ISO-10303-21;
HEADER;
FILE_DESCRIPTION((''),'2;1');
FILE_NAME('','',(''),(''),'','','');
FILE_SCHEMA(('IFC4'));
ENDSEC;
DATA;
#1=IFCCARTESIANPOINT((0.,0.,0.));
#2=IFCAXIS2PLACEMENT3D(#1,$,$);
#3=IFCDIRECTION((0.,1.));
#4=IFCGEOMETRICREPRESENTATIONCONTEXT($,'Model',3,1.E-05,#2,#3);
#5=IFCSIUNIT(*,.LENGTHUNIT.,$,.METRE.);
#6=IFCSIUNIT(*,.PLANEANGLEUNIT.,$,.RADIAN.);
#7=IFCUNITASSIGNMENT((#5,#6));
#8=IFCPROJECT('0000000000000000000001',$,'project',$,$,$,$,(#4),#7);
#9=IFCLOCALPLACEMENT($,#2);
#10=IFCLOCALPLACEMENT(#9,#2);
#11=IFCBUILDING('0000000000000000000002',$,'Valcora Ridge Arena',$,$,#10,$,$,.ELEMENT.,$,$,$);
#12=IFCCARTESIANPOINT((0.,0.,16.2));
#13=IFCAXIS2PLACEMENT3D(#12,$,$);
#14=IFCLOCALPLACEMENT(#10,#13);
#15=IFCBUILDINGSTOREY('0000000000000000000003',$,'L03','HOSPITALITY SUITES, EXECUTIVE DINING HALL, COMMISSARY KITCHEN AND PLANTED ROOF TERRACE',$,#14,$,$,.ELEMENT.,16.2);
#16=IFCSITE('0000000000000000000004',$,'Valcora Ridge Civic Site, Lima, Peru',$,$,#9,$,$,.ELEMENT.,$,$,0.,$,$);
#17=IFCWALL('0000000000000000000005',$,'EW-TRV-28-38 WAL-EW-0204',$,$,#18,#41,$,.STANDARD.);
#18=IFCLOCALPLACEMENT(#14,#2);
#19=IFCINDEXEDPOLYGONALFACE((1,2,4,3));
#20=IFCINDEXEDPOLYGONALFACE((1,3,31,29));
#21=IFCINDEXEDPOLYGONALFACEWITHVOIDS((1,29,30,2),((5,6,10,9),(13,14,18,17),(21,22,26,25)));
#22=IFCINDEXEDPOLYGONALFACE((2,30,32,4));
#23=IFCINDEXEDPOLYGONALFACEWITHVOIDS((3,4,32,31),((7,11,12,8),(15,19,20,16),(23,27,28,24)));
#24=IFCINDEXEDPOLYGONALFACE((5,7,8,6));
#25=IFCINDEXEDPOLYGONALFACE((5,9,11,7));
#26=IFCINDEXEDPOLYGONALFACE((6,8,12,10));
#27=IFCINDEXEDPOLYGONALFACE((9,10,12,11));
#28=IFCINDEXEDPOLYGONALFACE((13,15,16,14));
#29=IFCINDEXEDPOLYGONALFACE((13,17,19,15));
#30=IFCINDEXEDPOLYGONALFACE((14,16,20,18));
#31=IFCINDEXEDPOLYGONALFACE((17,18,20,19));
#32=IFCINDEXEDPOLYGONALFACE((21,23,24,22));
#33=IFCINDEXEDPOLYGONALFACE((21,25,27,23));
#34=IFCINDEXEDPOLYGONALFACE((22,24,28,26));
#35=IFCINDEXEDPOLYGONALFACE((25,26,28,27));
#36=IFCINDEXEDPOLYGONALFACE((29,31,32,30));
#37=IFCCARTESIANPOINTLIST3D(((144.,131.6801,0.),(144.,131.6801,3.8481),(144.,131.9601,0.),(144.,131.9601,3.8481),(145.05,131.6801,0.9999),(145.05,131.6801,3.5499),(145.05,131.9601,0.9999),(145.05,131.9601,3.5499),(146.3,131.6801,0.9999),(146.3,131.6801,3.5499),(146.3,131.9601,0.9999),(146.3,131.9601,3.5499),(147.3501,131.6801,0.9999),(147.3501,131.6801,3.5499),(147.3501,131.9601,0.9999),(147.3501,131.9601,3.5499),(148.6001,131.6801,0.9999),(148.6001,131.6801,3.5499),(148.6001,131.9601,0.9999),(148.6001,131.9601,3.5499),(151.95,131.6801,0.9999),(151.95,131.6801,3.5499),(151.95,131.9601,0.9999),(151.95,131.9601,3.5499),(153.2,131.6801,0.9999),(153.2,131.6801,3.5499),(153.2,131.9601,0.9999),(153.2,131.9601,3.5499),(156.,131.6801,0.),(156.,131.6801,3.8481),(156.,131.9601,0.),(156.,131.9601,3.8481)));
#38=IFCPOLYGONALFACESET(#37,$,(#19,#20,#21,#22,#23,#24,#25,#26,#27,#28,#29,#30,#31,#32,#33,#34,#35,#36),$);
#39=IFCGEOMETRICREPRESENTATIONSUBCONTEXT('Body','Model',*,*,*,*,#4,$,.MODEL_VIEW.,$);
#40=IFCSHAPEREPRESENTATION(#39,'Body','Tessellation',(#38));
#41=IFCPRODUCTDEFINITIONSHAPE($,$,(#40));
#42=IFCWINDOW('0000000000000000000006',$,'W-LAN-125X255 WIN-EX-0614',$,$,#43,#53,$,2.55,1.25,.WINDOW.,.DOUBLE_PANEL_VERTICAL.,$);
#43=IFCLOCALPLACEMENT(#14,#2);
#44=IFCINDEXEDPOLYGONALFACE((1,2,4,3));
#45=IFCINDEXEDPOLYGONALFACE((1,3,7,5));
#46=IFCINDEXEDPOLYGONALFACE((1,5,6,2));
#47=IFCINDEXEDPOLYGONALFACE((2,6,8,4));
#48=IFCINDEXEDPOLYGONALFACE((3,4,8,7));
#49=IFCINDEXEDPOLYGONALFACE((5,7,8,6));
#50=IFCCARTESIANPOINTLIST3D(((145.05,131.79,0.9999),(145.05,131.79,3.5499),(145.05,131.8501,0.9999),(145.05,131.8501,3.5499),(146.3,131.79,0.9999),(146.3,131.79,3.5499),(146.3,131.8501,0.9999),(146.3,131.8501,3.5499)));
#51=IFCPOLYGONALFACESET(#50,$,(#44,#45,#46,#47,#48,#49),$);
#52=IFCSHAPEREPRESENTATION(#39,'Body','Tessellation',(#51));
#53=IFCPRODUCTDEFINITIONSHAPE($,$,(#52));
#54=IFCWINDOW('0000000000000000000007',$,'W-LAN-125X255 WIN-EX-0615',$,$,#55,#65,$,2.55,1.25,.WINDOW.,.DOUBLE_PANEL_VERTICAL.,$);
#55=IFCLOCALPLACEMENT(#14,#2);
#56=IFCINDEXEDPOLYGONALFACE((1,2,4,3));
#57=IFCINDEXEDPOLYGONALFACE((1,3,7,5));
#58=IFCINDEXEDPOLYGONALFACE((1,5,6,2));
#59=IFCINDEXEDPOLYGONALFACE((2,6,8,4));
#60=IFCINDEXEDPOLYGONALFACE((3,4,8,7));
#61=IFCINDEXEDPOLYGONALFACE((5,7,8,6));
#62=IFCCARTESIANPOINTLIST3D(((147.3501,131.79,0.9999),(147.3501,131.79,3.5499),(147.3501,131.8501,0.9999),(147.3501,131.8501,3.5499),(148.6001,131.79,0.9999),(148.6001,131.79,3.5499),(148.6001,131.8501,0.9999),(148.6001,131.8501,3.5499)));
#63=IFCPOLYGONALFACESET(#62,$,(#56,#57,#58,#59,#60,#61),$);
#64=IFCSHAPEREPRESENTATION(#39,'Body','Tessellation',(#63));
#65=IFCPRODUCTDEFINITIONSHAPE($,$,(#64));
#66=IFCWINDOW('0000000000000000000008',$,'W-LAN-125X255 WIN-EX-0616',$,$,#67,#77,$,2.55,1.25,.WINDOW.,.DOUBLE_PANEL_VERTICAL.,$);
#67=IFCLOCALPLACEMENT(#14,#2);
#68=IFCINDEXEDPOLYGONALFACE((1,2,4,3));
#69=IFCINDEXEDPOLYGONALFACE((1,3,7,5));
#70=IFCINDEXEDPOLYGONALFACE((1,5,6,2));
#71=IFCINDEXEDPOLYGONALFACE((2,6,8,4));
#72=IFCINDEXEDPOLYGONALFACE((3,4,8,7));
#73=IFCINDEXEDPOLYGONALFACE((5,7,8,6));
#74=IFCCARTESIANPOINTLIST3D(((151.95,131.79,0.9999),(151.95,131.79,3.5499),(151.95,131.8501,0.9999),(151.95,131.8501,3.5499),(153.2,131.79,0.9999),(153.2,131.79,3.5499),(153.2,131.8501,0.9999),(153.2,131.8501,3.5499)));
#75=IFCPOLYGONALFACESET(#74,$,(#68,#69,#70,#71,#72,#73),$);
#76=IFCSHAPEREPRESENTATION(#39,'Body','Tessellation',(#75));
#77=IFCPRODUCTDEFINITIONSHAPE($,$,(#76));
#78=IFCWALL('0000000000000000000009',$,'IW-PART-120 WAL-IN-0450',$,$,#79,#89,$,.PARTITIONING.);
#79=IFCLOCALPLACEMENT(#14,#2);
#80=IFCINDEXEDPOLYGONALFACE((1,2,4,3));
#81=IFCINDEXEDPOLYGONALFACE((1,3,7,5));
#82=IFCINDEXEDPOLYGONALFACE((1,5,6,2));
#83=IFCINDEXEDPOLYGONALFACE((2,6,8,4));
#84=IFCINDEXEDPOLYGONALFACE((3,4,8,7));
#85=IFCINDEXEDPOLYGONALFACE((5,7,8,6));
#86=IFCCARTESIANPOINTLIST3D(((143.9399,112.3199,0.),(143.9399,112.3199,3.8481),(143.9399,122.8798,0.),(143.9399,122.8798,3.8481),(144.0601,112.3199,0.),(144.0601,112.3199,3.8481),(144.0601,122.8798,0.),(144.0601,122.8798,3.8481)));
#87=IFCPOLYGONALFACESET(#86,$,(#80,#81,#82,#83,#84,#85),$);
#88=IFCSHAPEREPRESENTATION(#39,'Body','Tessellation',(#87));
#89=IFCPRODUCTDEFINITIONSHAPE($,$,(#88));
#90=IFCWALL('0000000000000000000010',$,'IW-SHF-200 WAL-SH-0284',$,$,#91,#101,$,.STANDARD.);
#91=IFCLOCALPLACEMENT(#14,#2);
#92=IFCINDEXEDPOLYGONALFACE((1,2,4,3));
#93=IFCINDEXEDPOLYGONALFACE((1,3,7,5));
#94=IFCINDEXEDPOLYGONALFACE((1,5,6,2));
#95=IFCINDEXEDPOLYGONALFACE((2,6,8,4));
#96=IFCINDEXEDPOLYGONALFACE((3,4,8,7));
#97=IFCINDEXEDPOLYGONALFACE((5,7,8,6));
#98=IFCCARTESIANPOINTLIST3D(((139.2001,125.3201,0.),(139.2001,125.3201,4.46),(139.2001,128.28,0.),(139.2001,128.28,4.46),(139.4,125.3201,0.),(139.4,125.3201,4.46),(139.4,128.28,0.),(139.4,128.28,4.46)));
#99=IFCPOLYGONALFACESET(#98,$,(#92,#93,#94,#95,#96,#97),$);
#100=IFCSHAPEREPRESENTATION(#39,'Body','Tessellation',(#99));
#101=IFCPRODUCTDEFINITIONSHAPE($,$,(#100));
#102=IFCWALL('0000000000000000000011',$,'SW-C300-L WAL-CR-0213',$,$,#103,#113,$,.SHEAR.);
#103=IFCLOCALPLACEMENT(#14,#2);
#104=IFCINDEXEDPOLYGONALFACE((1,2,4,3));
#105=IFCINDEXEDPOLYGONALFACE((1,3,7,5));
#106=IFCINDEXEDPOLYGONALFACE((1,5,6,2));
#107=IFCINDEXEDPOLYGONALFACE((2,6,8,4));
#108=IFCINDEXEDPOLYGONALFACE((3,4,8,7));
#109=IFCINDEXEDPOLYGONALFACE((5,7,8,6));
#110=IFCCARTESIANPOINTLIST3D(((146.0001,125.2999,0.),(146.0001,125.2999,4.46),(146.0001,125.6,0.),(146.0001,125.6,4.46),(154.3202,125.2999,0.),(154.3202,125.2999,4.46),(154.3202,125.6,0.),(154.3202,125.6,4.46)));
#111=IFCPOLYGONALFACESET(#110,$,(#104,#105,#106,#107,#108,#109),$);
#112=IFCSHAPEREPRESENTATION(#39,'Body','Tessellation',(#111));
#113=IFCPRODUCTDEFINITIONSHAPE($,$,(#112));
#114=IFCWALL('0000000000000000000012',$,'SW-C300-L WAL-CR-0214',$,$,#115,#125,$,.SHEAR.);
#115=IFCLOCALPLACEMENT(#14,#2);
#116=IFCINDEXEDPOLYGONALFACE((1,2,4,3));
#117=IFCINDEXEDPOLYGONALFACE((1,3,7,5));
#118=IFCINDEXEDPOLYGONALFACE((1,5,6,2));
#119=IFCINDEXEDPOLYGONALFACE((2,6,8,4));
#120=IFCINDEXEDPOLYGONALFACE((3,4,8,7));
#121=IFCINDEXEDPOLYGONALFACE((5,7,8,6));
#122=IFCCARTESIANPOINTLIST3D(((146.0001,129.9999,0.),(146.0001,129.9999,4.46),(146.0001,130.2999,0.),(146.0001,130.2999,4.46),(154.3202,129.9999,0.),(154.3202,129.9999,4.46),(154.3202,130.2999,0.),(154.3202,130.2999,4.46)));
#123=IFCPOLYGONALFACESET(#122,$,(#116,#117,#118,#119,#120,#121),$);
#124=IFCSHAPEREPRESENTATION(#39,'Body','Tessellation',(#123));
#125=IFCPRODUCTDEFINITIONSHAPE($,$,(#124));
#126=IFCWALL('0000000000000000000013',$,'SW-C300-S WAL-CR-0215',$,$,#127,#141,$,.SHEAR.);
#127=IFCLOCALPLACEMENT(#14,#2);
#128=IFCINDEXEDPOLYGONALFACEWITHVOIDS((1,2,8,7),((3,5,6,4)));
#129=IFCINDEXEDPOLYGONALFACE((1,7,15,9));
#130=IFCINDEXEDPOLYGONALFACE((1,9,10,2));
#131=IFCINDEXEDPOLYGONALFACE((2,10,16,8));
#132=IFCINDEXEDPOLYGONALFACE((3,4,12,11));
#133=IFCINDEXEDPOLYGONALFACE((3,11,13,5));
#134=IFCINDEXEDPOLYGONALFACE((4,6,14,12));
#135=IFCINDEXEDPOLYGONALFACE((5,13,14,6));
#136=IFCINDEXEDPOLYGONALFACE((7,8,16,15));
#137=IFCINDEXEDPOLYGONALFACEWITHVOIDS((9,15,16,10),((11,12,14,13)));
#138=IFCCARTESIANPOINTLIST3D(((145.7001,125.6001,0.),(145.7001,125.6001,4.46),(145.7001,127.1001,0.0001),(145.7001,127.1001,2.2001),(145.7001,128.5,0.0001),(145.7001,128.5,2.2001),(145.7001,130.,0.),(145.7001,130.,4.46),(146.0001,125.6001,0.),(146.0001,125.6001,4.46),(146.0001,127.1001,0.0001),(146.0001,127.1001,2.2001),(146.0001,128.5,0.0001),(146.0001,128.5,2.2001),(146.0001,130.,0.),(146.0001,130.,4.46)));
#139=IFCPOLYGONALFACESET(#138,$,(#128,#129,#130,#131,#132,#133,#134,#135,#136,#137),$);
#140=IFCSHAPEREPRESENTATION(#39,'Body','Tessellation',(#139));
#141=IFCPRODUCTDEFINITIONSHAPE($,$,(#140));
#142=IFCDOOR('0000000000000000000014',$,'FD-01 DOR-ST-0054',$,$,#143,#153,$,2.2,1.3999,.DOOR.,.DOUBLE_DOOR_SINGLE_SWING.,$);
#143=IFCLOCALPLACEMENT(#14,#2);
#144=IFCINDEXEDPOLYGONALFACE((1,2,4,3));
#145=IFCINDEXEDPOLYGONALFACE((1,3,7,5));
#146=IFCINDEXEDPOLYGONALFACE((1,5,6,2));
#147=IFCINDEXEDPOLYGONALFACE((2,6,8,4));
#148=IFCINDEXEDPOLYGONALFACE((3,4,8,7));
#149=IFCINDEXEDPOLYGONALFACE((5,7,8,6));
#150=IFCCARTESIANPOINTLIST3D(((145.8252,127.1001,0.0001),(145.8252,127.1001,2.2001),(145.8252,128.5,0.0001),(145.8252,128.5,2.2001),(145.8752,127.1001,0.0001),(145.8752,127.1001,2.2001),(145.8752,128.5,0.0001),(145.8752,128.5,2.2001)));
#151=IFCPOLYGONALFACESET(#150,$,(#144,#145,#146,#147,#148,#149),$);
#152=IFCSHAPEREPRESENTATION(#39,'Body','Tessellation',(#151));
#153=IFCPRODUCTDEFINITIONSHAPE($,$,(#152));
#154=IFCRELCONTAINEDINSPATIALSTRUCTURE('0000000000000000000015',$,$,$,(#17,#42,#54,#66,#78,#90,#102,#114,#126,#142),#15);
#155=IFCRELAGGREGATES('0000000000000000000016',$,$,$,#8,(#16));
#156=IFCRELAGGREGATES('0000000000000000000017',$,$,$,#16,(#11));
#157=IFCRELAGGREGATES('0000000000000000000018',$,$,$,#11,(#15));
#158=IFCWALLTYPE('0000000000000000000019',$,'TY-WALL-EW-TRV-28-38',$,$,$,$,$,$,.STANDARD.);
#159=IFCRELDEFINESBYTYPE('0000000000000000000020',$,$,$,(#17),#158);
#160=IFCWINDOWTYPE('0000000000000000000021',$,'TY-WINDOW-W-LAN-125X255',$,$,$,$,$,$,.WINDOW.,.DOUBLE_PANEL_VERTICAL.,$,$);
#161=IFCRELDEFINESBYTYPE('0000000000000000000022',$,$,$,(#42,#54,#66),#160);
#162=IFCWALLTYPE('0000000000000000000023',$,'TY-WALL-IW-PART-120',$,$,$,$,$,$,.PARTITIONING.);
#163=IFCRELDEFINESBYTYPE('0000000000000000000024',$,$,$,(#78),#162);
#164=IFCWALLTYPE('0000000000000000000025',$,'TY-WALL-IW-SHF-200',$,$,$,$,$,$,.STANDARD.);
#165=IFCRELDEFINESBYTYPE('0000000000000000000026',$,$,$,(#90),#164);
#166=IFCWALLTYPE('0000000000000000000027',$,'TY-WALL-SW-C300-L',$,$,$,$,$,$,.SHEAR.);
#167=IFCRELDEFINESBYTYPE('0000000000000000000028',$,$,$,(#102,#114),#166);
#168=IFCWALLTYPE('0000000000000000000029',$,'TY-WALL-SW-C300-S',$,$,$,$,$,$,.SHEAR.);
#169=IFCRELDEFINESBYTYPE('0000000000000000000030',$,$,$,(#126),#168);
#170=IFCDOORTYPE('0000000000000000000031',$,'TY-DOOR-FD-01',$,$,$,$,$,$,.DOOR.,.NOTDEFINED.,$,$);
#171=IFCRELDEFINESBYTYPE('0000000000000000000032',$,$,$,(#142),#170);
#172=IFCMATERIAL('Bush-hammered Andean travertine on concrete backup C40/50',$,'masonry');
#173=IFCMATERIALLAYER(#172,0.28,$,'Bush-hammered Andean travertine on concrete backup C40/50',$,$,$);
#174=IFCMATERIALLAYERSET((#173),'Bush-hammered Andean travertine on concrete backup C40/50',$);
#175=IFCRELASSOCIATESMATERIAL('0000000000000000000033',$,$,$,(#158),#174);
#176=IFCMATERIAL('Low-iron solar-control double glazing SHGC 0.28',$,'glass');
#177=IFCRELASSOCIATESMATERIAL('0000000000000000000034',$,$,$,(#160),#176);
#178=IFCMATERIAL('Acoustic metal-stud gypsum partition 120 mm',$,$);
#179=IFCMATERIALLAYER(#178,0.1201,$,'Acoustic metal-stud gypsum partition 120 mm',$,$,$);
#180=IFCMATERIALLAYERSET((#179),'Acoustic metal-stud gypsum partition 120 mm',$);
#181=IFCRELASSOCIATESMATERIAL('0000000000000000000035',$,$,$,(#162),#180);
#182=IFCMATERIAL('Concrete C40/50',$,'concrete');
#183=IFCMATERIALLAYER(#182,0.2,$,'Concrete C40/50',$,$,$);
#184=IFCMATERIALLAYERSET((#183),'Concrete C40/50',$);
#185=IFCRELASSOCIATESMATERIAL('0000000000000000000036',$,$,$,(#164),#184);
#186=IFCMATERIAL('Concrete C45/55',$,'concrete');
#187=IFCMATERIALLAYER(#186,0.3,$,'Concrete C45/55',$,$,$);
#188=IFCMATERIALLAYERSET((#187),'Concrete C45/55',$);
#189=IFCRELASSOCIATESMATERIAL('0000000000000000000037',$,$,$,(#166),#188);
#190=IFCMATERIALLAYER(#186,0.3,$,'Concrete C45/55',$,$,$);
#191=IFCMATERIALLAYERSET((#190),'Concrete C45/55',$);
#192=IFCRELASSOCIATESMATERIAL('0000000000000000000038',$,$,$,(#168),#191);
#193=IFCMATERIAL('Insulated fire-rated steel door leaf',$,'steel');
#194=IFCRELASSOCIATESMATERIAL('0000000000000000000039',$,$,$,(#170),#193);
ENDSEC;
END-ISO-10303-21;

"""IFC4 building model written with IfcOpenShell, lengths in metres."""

from ifc_helpers import new_model, si_unit, direction, frame, frame_2d, origin, place, context, subcontext, project, spatial, rectangle, extrude, material, layer, layer_set, type_object, element, fill, save


model = new_model("IFC4")

# Units and contexts
model_context = context("Model", 3, precision=1e-05, world=origin(), true_north=direction((0.0, 1.0)))
body_context = subcontext(model_context, "Body", "Model", "MODEL_VIEW")
ifc_project = project(units=[si_unit("LENGTHUNIT", "METRE"), si_unit("PLANEANGLEUNIT", "RADIAN")], contexts=[model_context])

# Site, building, storey
site_placement = place(None, origin())
site = spatial("IfcSite", under=ifc_project, at=site_placement, Name="Valcora Ridge Civic Site, Lima, Peru", CompositionType="ELEMENT", RefElevation=0.0)
building_placement = place(site_placement, origin())
building = spatial("IfcBuilding", under=site, at=building_placement, Name="Valcora Ridge Arena", CompositionType="ELEMENT")
storey_placement = place(building_placement, frame((0.0, 0.0, 16.2)))
storey = spatial("IfcBuildingStorey", under=building, at=storey_placement, Name="L03", Description="HOSPITALITY SUITES, EXECUTIVE DINING HALL, COMMISSARY KITCHEN AND PLANTED ROOF TERRACE", CompositionType="ELEMENT", Elevation=16.2)

# Shared definitions
ifc_material_1 = material(Name="Concrete C40/50", Category="concrete")

# Wall, openings, windows
ifc_material_2 = material(Name="Bush-hammered Andean travertine on concrete backup C40/50", Category="masonry")
ifc_layer_1 = layer(ifc_material_2, 0.28, Name="Bush-hammered Andean travertine on concrete backup C40/50")
ifc_layer_set_1 = layer_set([ifc_layer_1], Name="Bush-hammered Andean travertine on concrete backup C40/50")
wall_type_1 = type_object("IfcWallType", Name="TY-WALL-EW-TRV-28-38", PredefinedType="STANDARD", material=ifc_layer_set_1)
wall_1_placement = place(storey_placement, frame((144.0, 131.8201, 0.0), z_axis=(0.0, 0.0, 1.0), x_axis=(1.0, 0.0, 0.0)))
wall_1 = element("IfcWall", 1, at=wall_1_placement, inside=storey, type_object=wall_type_1, Name="EW-TRV-28-38 WAL-EW-0204", PredefinedType="STANDARD", context=body_context, shape_type="SweptSolid", body=[
    extrude(rectangle(XDim=12.0, YDim=0.28, at=frame_2d((6.0, 0.0))), origin(), (0.0, 0.0, 1.0), 3.8481),
])
opening_1_placement = place(wall_1_placement, frame((1.05, 0.0, 1.0)))
opening_1 = element("IfcOpeningElement", 2, at=opening_1_placement, cuts=wall_1, PredefinedType="OPENING", context=body_context, shape_type="SweptSolid", body=[
    extrude(rectangle(XDim=1.25, YDim=2.55, at=frame_2d((0.625, 1.2749))), frame((0.0, 0.1499, 0.0), z_axis=(0.0, -1.0, 0.0), x_axis=(1.0, 0.0, 0.0)), (0.0, 0.0, 1.0), 0.3),
])
opening_2_placement = place(wall_1_placement, frame((3.3501, 0.0, 1.0)))
opening_2 = element("IfcOpeningElement", 3, at=opening_2_placement, cuts=wall_1, PredefinedType="OPENING", context=body_context, shape_type="SweptSolid", body=[
    extrude(rectangle(XDim=1.25, YDim=2.55, at=frame_2d((0.625, 1.2749))), frame((0.0, 0.1499, 0.0), z_axis=(0.0, -1.0, 0.0), x_axis=(1.0, 0.0, 0.0)), (0.0, 0.0, 1.0), 0.3),
])
opening_3_placement = place(wall_1_placement, frame((7.95, 0.0, 1.0)))
opening_3 = element("IfcOpeningElement", 4, at=opening_3_placement, cuts=wall_1, PredefinedType="OPENING", context=body_context, shape_type="SweptSolid", body=[
    extrude(rectangle(XDim=1.25, YDim=2.55, at=frame_2d((0.625, 1.2749))), frame((0.0, 0.1499, 0.0), z_axis=(0.0, -1.0, 0.0), x_axis=(1.0, 0.0, 0.0)), (0.0, 0.0, 1.0), 0.3),
])
ifc_material_3 = material(Name="Low-iron solar-control double glazing SHGC 0.28", Category="glass")
window_type = type_object("IfcWindowType", Name="TY-WINDOW-W-LAN-125X255", PartitioningType="DOUBLE_PANEL_VERTICAL", PredefinedType="WINDOW", material=ifc_material_3)
window_1_placement = place(opening_1_placement, origin())
window_1 = element("IfcWindow", 5, at=window_1_placement, inside=storey, type_object=window_type, Name="W-LAN-125X255 WIN-EX-0614", OverallHeight=2.55, OverallWidth=1.25, PartitioningType="DOUBLE_PANEL_VERTICAL", PredefinedType="WINDOW", context=body_context, shape_type="SweptSolid", body=[
    extrude(rectangle(XDim=1.25, YDim=2.55, at=frame_2d((0.625, 1.2749))), frame((0.0, 0.03, 0.0), z_axis=(0.0, -1.0, 0.0), x_axis=(1.0, 0.0, 0.0)), (0.0, 0.0, 1.0), 0.0601),
])
fill(opening_1, window_1)
window_2_placement = place(opening_2_placement, origin())
window_2 = element("IfcWindow", 6, at=window_2_placement, inside=storey, type_object=window_type, Name="W-LAN-125X255 WIN-EX-0615", OverallHeight=2.55, OverallWidth=1.25, PartitioningType="DOUBLE_PANEL_VERTICAL", PredefinedType="WINDOW", context=body_context, shape_type="SweptSolid", body=[
    extrude(rectangle(XDim=1.25, YDim=2.55, at=frame_2d((0.625, 1.2749))), frame((0.0, 0.03, 0.0), z_axis=(0.0, -1.0, 0.0), x_axis=(1.0, 0.0, 0.0)), (0.0, 0.0, 1.0), 0.0601),
])
fill(opening_2, window_2)
window_3_placement = place(opening_3_placement, origin())
window_3 = element("IfcWindow", 7, at=window_3_placement, inside=storey, type_object=window_type, Name="W-LAN-125X255 WIN-EX-0616", OverallHeight=2.55, OverallWidth=1.25, PartitioningType="DOUBLE_PANEL_VERTICAL", PredefinedType="WINDOW", context=body_context, shape_type="SweptSolid", body=[
    extrude(rectangle(XDim=1.25, YDim=2.55, at=frame_2d((0.625, 1.2749))), frame((0.0, 0.03, 0.0), z_axis=(0.0, -1.0, 0.0), x_axis=(1.0, 0.0, 0.0)), (0.0, 0.0, 1.0), 0.0601),
])
fill(opening_3, window_3)

# Walls
ifc_material_4 = material(Name="Acoustic metal-stud gypsum partition 120 mm")
ifc_layer_2 = layer(ifc_material_4, 0.1201, Name="Acoustic metal-stud gypsum partition 120 mm")
ifc_layer_set_2 = layer_set([ifc_layer_2], Name="Acoustic metal-stud gypsum partition 120 mm")
wall_type_2 = type_object("IfcWallType", Name="TY-WALL-IW-PART-120", PredefinedType="PARTITIONING", material=ifc_layer_set_2)
wall_2_placement = place(storey_placement, frame((144.0, 112.3201, 0.0), z_axis=(0.0, 0.0, 1.0), x_axis=(0.0, 1.0, 0.0)))
element("IfcWall", 8, at=wall_2_placement, inside=storey, type_object=wall_type_2, Name="IW-PART-120 WAL-IN-0450", PredefinedType="PARTITIONING", context=body_context, shape_type="SweptSolid", body=[
    extrude(rectangle(XDim=10.5598, YDim=0.1201, at=frame_2d((5.2798, 0.0))), origin(), (0.0, 0.0, 1.0), 3.8481),
])
ifc_layer_3 = layer(ifc_material_1, 0.2, Name="Concrete C40/50")
ifc_layer_set_3 = layer_set([ifc_layer_3], Name="Concrete C40/50")
wall_type_3 = type_object("IfcWallType", Name="TY-WALL-IW-SHF-200", PredefinedType="STANDARD", material=ifc_layer_set_3)
wall_3_placement = place(storey_placement, frame((139.3, 125.3201, 0.0), z_axis=(0.0, 0.0, 1.0), x_axis=(0.0, 1.0, 0.0)))
element("IfcWall", 9, at=wall_3_placement, inside=storey, type_object=wall_type_3, Name="IW-SHF-200 WAL-SH-0284", PredefinedType="STANDARD", context=body_context, shape_type="SweptSolid", body=[
    extrude(rectangle(XDim=2.96, YDim=0.2, at=frame_2d((1.48, 0.0))), origin(), (0.0, 0.0, 1.0), 4.46),
])
ifc_material_5 = material(Name="Concrete C45/55", Category="concrete")
ifc_layer_4 = layer(ifc_material_5, 0.3, Name="Concrete C45/55")
ifc_layer_set_4 = layer_set([ifc_layer_4], Name="Concrete C45/55")
wall_type_4 = type_object("IfcWallType", Name="TY-WALL-SW-C300-L", PredefinedType="SHEAR", material=ifc_layer_set_4)
for number, where, z_axis, x_axis, name in (
    (10, (146.0, 125.45, 0.0), (0.0, 0.0, 1.0), (1.0, 0.0, 0.0), "SW-C300-L WAL-CR-0213"),
    (11, (146.0, 130.1499, 0.0), (0.0, 0.0, 1.0), (1.0, 0.0, 0.0), "SW-C300-L WAL-CR-0214"),
):
    element("IfcWall", number, at=place(storey_placement, frame(where, z_axis=z_axis, x_axis=x_axis)), inside=storey, type_object=wall_type_4, Name=name, PredefinedType="SHEAR", context=body_context, shape_type="SweptSolid", body=[
        extrude(rectangle(XDim=8.3201, YDim=0.3, at=frame_2d((4.1602, 0.0))), origin(), (0.0, 0.0, 1.0), 4.46),
    ])

# Wall, opening, door
ifc_layer_5 = layer(ifc_material_5, 0.3, Name="Concrete C45/55")
ifc_layer_set_5 = layer_set([ifc_layer_5], Name="Concrete C45/55")
wall_type_5 = type_object("IfcWallType", Name="TY-WALL-SW-C300-S", PredefinedType="SHEAR", material=ifc_layer_set_5)
wall_4_placement = place(storey_placement, frame((145.8501, 125.6001, 0.0), z_axis=(0.0, 0.0, 1.0), x_axis=(0.0, 1.0, 0.0)))
wall_4 = element("IfcWall", 12, at=wall_4_placement, inside=storey, type_object=wall_type_5, Name="SW-C300-S WAL-CR-0215", PredefinedType="SHEAR", context=body_context, shape_type="SweptSolid", body=[
    extrude(rectangle(XDim=4.3999, YDim=0.3, at=frame_2d((2.2, 0.0))), origin(), (0.0, 0.0, 1.0), 4.46),
])
opening_4_placement = place(wall_4_placement, frame((1.5, 0.0, 0.0)))
opening_4 = element("IfcOpeningElement", 13, at=opening_4_placement, cuts=wall_4, PredefinedType="OPENING", context=body_context, shape_type="SweptSolid", body=[
    extrude(rectangle(XDim=1.3999, YDim=2.2, at=frame_2d((0.7, 1.1001))), frame((0.0, 0.1599, 0.0), z_axis=(0.0, -1.0, 0.0), x_axis=(1.0, 0.0, 0.0)), (0.0, 0.0, 1.0), 0.3201),
])
ifc_material_6 = material(Name="Insulated fire-rated steel door leaf", Category="steel")
door_type = type_object("IfcDoorType", Name="TY-DOOR-FD-01", OperationType="NOTDEFINED", PredefinedType="DOOR", material=ifc_material_6)
door_placement = place(opening_4_placement, origin())
door = element("IfcDoor", 14, at=door_placement, inside=storey, type_object=door_type, Name="FD-01 DOR-ST-0054", OperationType="DOUBLE_DOOR_SINGLE_SWING", OverallHeight=2.2, OverallWidth=1.3999, PredefinedType="DOOR", context=body_context, shape_type="SweptSolid", body=[
    extrude(rectangle(XDim=1.3999, YDim=2.2, at=frame_2d((0.7, 1.1001))), frame((0.0, 0.0249, 0.0), z_axis=(0.0, -1.0, 0.0), x_axis=(1.0, 0.0, 0.0)), (0.0, 0.0, 1.0), 0.05),
])
fill(opening_4, door)

save(model, "model.ifc")
